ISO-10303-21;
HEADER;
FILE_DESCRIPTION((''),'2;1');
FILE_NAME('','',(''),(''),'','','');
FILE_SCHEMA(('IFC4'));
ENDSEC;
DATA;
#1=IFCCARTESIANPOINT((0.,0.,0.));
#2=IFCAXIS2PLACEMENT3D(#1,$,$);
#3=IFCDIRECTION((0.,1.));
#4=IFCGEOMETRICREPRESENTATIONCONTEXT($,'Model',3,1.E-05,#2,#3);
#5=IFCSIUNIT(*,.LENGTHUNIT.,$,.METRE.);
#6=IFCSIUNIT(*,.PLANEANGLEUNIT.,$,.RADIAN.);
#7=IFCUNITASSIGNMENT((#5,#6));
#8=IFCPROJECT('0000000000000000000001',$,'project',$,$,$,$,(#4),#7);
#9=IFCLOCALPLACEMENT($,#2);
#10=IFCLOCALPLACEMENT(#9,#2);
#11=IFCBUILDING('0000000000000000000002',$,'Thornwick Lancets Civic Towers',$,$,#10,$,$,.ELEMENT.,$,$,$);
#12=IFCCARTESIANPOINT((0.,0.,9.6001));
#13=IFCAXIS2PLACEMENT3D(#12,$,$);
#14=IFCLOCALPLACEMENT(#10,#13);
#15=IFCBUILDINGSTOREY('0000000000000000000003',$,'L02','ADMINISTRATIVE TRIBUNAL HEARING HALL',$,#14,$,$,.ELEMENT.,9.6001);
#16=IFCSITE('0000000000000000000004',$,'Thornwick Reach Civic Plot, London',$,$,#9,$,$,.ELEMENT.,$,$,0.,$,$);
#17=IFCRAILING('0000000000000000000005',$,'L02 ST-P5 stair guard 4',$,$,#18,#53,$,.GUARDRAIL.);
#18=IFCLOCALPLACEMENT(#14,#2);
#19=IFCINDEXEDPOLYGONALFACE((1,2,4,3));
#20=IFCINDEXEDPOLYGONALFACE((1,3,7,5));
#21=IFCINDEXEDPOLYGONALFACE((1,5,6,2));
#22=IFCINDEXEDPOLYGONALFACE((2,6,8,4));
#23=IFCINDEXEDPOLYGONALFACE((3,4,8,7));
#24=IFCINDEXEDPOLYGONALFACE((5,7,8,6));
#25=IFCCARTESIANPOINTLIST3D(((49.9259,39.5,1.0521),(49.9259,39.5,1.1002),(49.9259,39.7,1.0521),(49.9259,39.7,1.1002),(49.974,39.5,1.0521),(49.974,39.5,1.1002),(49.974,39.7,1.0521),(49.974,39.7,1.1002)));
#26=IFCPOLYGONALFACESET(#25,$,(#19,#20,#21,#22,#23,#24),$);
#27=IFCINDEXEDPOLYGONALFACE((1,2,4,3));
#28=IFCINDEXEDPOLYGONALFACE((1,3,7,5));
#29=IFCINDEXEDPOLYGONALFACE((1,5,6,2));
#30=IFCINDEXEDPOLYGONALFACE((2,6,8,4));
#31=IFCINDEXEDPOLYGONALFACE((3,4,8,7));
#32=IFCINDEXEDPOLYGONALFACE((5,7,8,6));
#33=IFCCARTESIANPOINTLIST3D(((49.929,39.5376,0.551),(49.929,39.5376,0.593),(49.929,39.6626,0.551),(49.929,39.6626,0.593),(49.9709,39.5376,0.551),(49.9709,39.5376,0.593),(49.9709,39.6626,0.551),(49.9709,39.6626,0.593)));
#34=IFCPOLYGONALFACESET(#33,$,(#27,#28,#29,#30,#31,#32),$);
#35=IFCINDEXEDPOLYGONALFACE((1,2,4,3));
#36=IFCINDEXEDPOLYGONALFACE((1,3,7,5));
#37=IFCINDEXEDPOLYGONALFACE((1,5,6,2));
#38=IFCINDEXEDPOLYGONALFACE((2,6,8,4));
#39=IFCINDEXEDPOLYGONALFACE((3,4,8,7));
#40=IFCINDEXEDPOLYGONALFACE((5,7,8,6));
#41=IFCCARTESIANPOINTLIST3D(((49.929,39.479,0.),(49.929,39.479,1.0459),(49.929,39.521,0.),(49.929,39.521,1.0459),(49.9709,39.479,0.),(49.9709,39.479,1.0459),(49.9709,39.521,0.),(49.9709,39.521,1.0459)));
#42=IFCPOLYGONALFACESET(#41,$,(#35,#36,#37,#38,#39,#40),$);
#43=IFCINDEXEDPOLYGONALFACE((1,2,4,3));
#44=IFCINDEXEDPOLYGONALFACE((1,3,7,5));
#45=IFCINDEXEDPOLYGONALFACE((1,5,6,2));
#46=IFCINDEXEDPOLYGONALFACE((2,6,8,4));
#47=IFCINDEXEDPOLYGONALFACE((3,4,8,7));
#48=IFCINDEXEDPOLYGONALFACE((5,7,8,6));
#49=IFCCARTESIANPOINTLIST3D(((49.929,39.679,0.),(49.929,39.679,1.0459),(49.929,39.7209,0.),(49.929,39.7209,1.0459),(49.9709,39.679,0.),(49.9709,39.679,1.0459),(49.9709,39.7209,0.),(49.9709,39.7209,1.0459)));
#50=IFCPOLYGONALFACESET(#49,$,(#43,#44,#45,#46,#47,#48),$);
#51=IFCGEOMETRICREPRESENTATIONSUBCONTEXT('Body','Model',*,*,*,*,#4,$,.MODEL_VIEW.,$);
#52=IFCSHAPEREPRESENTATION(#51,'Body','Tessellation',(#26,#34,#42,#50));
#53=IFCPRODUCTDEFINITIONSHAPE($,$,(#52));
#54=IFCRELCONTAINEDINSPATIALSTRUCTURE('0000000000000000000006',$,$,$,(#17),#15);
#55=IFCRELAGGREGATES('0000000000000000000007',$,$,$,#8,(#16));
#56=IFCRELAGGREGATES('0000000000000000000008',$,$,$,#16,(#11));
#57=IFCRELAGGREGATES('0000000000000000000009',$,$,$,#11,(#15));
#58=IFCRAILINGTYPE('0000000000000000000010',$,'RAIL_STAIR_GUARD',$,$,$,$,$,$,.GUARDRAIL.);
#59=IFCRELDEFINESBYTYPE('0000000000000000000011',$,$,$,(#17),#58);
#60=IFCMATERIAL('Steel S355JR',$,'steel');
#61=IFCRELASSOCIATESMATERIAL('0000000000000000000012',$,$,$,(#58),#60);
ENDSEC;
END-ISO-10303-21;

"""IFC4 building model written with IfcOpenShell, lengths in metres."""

from ifc_helpers import new_model, si_unit, direction, frame, origin, origin_2d, place, context, subcontext, project, spatial, rectangle, extrude, material, type_object, element, save


model = new_model("IFC4")

# Units and contexts
model_context = context("Model", 3, precision=1e-05, world=origin(), true_north=direction((0.0, 1.0)))
body_context = subcontext(model_context, "Body", "Model", "MODEL_VIEW")
ifc_project = project(units=[si_unit("LENGTHUNIT", "METRE"), si_unit("PLANEANGLEUNIT", "RADIAN")], contexts=[model_context])

# Site, building, storey
site_placement = place(None, origin())
site = spatial("IfcSite", under=ifc_project, at=site_placement, Name="Thornwick Reach Civic Plot, London", CompositionType="ELEMENT", RefElevation=0.0)
building_placement = place(site_placement, origin())
building = spatial("IfcBuilding", under=site, at=building_placement, Name="Thornwick Lancets Civic Towers", CompositionType="ELEMENT")
storey_placement = place(building_placement, frame((0.0, 0.0, 9.6001)))
storey = spatial("IfcBuildingStorey", under=building, at=storey_placement, Name="L02", Description="ADMINISTRATIVE TRIBUNAL HEARING HALL", CompositionType="ELEMENT", Elevation=9.6001)

# Shared definitions
ifc_material_1 = material(Name="Steel S355JR", Category="steel")

# Railing
railing_type_1 = type_object("IfcRailingType", Name="RAIL_STAIR_GUARD", PredefinedType="GUARDRAIL", material=ifc_material_1)
railing_1_placement = place(storey_placement, frame((49.95, 39.5, 0.0)))
element("IfcRailing", 1, at=railing_1_placement, inside=storey, type_object=railing_type_1, Name="L02 ST-P5 stair guard 4", PredefinedType="GUARDRAIL", context=body_context, shape_type="SweptSolid", body=[
    extrude(rectangle(XDim=0.0481, YDim=0.0481, at=origin_2d()), frame((0.0, 0.0, 1.0762), z_axis=(0.0, 1.0, 0.0), x_axis=(-1.0, 0.0, 0.0)), (0.0, 0.0, 1.0), 0.2),
    extrude(rectangle(XDim=0.042, YDim=0.042, at=origin_2d()), frame((0.0, 0.0376, 0.572), z_axis=(0.0, 1.0, 0.0), x_axis=(-1.0, 0.0, 0.0)), (0.0, 0.0, 1.0), 0.125),
    extrude(rectangle(XDim=0.042, YDim=0.042, at=origin_2d()), origin(), (0.0, 0.0, 1.0), 1.0459),
    extrude(rectangle(XDim=0.042, YDim=0.042, at=origin_2d()), frame((0.0, 0.2, 0.0)), (0.0, 0.0, 1.0), 1.0459),
])

save(model, "model.ifc")
